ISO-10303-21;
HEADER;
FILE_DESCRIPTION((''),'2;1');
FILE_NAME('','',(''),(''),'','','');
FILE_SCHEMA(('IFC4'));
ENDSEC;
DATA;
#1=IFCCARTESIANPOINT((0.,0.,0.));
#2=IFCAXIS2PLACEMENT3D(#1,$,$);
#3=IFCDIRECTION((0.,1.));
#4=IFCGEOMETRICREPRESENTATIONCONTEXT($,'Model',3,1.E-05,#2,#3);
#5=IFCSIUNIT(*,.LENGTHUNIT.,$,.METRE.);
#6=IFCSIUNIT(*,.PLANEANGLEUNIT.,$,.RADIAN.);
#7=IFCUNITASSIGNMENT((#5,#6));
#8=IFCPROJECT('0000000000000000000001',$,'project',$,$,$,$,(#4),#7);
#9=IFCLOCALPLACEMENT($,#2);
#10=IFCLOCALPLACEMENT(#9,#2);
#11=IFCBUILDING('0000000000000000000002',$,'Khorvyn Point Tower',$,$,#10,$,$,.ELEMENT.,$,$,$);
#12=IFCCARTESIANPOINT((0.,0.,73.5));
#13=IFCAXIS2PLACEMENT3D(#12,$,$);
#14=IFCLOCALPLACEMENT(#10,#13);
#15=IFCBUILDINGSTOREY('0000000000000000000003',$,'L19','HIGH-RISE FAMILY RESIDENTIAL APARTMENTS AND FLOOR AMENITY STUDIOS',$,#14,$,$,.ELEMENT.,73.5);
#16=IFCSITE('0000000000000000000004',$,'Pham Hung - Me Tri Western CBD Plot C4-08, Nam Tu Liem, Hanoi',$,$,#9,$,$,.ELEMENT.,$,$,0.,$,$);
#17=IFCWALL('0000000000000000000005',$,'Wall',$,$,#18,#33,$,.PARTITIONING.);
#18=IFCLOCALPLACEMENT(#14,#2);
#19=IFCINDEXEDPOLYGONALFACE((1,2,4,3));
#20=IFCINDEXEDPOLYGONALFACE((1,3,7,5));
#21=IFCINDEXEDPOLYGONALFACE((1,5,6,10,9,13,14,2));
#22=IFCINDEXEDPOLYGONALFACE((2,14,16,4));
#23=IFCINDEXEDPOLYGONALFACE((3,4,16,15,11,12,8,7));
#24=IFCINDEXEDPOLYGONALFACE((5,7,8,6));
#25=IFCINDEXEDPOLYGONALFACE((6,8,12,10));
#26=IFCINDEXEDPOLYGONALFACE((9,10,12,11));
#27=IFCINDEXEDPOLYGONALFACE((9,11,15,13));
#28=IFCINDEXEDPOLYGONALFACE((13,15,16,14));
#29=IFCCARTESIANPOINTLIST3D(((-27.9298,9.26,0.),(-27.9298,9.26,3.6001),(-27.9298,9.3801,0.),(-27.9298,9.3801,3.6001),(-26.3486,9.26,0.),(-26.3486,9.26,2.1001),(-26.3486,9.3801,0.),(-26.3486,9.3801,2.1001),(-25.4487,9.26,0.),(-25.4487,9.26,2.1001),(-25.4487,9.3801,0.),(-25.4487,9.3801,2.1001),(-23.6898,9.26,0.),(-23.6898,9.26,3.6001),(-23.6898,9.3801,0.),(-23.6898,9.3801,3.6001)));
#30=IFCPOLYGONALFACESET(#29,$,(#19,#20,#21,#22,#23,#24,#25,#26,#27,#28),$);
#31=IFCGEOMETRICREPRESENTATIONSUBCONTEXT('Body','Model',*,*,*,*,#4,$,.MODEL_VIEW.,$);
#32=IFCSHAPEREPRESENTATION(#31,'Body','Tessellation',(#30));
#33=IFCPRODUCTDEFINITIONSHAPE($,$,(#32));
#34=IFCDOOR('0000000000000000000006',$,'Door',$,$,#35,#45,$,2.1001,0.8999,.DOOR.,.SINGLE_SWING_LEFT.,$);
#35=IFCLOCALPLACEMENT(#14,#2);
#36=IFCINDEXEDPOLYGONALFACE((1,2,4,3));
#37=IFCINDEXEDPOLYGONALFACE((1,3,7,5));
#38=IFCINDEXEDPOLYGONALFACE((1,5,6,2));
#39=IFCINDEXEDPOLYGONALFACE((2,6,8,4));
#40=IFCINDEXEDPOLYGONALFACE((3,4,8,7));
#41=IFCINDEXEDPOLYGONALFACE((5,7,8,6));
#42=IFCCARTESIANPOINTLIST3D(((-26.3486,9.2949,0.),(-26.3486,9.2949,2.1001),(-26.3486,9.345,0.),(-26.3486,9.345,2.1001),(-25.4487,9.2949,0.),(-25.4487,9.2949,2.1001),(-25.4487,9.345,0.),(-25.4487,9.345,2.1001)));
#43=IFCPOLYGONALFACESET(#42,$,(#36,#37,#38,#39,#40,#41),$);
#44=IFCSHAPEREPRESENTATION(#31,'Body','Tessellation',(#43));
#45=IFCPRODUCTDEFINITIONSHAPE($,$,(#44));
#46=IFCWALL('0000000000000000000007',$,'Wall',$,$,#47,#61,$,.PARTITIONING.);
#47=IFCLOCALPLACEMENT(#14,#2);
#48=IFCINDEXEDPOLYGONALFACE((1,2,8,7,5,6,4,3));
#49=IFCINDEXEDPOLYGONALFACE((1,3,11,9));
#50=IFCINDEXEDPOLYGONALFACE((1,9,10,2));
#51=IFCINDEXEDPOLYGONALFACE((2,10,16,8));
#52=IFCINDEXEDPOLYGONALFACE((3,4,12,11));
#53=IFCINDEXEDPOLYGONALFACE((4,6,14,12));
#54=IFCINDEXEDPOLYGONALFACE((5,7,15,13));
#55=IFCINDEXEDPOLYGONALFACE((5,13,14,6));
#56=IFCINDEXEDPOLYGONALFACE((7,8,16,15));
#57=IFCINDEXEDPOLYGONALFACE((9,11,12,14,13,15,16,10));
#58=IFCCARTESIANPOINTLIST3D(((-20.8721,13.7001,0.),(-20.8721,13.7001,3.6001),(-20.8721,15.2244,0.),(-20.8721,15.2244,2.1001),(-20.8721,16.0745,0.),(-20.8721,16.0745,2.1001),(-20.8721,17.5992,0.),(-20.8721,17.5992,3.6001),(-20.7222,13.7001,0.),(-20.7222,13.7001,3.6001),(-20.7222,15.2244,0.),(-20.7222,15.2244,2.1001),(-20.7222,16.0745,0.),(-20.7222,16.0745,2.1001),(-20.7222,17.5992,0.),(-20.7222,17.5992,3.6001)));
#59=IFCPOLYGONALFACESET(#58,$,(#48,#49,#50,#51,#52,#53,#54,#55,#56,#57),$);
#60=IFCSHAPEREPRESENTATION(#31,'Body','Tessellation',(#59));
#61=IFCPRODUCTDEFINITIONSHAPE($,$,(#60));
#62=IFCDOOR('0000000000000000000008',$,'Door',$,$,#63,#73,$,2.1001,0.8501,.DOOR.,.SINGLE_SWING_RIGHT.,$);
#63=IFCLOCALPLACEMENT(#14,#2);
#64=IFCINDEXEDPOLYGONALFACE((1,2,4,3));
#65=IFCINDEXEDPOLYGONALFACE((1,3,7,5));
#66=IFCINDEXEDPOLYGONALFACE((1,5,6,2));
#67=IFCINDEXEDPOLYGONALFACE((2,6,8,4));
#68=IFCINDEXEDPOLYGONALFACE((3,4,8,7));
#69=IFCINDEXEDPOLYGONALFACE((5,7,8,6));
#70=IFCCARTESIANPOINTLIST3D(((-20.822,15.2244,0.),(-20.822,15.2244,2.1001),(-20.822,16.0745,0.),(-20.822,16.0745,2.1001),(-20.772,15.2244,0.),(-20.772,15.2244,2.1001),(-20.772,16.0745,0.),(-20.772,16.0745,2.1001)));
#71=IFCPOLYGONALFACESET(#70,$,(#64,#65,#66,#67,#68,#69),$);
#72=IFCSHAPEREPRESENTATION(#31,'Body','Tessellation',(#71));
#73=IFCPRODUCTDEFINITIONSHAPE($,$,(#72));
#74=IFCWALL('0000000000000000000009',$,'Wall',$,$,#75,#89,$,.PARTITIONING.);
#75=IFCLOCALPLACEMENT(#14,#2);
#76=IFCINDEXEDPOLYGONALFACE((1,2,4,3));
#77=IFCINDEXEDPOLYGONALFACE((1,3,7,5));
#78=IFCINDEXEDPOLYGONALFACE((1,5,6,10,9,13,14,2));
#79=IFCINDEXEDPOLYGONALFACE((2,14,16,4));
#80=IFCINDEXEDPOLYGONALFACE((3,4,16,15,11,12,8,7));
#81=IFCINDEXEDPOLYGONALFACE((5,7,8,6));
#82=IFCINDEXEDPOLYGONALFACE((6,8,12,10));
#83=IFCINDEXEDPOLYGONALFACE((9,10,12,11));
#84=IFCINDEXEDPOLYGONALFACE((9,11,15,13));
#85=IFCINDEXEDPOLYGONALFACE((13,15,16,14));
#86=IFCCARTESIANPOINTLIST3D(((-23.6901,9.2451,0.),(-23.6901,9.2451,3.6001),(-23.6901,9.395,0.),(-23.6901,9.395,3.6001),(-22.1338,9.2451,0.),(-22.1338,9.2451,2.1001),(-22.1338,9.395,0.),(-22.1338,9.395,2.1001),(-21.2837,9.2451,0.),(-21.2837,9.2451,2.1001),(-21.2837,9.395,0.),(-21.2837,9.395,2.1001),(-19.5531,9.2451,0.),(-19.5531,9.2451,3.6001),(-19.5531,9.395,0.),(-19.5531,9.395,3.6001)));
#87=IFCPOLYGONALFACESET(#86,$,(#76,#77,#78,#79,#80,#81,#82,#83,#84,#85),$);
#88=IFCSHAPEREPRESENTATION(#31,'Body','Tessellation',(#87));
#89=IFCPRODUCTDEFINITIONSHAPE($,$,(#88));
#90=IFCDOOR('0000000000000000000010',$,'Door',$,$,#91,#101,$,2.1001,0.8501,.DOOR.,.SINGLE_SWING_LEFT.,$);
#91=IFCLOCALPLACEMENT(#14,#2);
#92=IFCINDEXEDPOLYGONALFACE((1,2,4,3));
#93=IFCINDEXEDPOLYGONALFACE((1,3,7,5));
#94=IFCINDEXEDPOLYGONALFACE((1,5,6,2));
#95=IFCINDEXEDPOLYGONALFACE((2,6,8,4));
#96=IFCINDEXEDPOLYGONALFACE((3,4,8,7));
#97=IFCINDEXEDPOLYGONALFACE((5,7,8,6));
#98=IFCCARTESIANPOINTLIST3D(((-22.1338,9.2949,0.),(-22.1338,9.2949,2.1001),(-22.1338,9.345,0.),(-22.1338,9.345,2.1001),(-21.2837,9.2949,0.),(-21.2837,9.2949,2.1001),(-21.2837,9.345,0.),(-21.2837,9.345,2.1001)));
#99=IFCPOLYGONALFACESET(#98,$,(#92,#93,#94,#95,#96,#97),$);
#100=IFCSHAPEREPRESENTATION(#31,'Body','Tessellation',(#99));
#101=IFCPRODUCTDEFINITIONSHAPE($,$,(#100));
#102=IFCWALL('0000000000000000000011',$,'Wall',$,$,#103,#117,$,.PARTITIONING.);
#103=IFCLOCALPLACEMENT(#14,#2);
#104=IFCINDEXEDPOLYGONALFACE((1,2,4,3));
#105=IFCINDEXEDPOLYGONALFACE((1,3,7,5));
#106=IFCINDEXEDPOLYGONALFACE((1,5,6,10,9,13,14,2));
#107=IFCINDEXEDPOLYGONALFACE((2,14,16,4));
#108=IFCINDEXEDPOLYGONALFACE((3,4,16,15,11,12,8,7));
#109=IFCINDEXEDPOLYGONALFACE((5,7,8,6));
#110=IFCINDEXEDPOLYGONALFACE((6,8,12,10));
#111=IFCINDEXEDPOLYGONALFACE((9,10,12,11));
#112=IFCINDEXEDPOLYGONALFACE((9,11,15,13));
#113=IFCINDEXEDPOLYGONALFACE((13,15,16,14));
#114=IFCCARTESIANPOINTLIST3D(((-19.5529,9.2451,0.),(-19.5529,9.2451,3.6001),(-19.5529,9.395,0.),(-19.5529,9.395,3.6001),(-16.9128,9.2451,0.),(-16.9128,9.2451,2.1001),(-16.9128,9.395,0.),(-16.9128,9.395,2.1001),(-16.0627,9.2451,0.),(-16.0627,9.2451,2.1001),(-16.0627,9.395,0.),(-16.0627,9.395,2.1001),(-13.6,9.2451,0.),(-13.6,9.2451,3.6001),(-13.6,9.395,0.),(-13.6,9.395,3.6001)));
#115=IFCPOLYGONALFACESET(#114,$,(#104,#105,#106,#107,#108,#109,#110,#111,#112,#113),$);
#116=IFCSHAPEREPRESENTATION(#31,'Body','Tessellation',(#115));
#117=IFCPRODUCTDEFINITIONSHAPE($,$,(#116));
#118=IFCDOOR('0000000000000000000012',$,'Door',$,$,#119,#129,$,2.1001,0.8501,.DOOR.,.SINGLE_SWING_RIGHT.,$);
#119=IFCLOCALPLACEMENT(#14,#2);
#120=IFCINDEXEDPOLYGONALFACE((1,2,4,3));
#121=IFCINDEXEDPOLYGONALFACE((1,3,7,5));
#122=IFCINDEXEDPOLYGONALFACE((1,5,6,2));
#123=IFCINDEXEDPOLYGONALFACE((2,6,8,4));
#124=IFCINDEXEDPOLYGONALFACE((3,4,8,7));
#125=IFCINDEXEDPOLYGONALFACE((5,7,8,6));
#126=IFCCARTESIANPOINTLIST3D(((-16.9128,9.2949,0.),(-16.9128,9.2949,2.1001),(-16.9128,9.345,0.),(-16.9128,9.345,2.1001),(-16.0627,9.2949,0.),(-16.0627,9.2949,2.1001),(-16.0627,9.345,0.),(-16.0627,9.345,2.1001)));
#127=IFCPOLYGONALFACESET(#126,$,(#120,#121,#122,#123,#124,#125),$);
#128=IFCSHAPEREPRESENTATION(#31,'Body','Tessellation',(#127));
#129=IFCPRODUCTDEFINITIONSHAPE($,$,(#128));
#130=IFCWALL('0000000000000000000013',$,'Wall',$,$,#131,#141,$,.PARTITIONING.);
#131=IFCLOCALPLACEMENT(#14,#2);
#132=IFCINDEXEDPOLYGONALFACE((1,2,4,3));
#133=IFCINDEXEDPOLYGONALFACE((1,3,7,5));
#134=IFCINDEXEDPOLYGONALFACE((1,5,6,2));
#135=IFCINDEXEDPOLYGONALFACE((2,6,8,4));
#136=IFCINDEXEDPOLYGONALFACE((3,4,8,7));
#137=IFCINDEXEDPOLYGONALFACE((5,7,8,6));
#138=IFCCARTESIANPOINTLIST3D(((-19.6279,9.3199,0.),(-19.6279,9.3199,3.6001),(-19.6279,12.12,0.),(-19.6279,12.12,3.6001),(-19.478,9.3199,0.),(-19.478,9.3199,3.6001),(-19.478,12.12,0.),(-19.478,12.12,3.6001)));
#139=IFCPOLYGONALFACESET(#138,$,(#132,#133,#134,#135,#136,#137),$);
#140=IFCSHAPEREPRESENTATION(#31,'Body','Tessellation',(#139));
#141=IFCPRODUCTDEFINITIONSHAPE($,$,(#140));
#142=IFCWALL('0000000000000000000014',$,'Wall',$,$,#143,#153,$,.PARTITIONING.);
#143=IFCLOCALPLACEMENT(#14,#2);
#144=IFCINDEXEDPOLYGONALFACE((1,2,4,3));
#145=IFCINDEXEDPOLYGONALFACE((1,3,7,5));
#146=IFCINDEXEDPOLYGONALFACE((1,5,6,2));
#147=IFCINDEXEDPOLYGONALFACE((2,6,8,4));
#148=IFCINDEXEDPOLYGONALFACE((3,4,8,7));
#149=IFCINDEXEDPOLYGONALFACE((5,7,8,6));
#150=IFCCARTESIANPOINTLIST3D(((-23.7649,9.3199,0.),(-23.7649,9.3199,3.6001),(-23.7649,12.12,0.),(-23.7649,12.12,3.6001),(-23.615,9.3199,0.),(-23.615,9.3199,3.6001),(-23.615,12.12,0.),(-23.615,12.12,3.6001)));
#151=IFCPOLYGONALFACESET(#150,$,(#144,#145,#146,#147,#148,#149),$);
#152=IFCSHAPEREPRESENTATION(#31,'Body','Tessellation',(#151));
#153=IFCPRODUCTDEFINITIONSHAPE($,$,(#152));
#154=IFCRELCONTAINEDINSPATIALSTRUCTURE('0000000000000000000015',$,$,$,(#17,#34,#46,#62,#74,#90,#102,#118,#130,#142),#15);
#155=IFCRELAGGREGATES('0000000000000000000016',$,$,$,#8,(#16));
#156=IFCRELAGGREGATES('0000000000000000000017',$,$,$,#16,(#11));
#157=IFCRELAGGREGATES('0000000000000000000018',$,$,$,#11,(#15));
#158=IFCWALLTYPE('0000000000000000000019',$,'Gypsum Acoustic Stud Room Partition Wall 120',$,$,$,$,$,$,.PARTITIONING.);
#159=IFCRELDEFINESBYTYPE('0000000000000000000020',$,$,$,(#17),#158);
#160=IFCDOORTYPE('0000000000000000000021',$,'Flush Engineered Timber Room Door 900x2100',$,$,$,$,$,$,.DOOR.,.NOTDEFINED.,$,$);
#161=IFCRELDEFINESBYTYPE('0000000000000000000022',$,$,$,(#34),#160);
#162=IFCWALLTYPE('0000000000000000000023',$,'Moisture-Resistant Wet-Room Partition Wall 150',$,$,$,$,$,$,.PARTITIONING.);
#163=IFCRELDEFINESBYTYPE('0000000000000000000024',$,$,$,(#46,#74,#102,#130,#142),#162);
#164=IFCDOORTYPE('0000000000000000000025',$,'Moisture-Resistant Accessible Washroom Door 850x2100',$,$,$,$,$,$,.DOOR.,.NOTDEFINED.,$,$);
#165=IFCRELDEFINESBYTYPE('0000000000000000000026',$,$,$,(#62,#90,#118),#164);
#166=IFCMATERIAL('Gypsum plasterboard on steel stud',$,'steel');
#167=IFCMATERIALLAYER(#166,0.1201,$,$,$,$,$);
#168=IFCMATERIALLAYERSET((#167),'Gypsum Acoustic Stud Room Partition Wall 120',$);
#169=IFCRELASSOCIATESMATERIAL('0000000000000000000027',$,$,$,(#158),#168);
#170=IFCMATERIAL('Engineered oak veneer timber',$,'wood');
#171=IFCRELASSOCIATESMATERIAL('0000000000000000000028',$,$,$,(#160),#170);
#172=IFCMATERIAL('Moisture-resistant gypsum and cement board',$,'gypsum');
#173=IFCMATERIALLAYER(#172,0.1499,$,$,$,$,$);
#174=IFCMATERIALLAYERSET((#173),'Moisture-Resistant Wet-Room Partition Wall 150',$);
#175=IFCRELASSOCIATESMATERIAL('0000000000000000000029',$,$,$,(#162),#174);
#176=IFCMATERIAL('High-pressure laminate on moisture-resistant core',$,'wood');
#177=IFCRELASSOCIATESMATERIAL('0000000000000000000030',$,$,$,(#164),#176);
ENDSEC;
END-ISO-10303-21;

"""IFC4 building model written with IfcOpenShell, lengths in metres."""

from ifc_helpers import new_model, si_unit, direction, frame, frame_2d, origin, place, context, subcontext, project, spatial, rectangle, extrude, material, layer, layer_set, type_object, element, fill, save


model = new_model("IFC4")

# Units and contexts
model_context = context("Model", 3, precision=1e-05, world=origin(), true_north=direction((0.0, 1.0)))
body_context = subcontext(model_context, "Body", "Model", "MODEL_VIEW")
ifc_project = project(units=[si_unit("LENGTHUNIT", "METRE"), si_unit("PLANEANGLEUNIT", "RADIAN")], contexts=[model_context])

# Site, building, storey
site_placement = place(None, origin())
site = spatial("IfcSite", under=ifc_project, at=site_placement, Name="Pham Hung - Me Tri Western CBD Plot C4-08, Nam Tu Liem, Hanoi", CompositionType="ELEMENT", RefElevation=0.0)
building_placement = place(site_placement, origin())
building = spatial("IfcBuilding", under=site, at=building_placement, Name="Khorvyn Point Tower", CompositionType="ELEMENT")
storey_placement = place(building_placement, frame((0.0, 0.0, 73.5)))
storey = spatial("IfcBuildingStorey", under=building, at=storey_placement, Name="L19", Description="HIGH-RISE FAMILY RESIDENTIAL APARTMENTS AND FLOOR AMENITY STUDIOS", CompositionType="ELEMENT", Elevation=73.5)

# Walls, openings, doors
ifc_material_1 = material(Name="Gypsum plasterboard on steel stud", Category="steel")
ifc_layer_1 = layer(ifc_material_1, 0.1201)
ifc_layer_set_1 = layer_set([ifc_layer_1], Name="Gypsum Acoustic Stud Room Partition Wall 120")
wall_type_1 = type_object("IfcWallType", Name="Gypsum Acoustic Stud Room Partition Wall 120", PredefinedType="PARTITIONING", material=ifc_layer_set_1)
wall_1_placement = place(storey_placement, frame((-27.9299, 9.3201, 0.0), z_axis=(0.0, 0.0, 1.0), x_axis=(1.0, 0.0, 0.0)))
wall_1 = element("IfcWall", 1, at=wall_1_placement, inside=storey, type_object=wall_type_1, Name="Wall", PredefinedType="PARTITIONING", context=body_context, shape_type="SweptSolid", body=[
    extrude(rectangle(XDim=4.24, YDim=0.1201, at=frame_2d((2.1201, 0.0))), origin(), (0.0, 0.0, 1.0), 3.6001),
])
opening_1_placement = place(wall_1_placement, frame((1.5813, 0.0, 0.0)))
opening_1 = element("IfcOpeningElement", 2, at=opening_1_placement, cuts=wall_1, PredefinedType="OPENING", context=body_context, shape_type="SweptSolid", body=[
    extrude(rectangle(XDim=0.8999, YDim=2.1001, at=frame_2d((0.45, 1.05))), frame((0.0, 0.0701, 0.0), z_axis=(0.0, -1.0, 0.0), x_axis=(1.0, 0.0, 0.0)), (0.0, 0.0, 1.0), 0.1401),
])
ifc_material_2 = material(Name="Engineered oak veneer timber", Category="wood")
door_type_1 = type_object("IfcDoorType", Name="Flush Engineered Timber Room Door 900x2100", OperationType="NOTDEFINED", PredefinedType="DOOR", material=ifc_material_2)
door_1_placement = place(opening_1_placement, origin())
door_1 = element("IfcDoor", 3, at=door_1_placement, inside=storey, type_object=door_type_1, Name="Door", OperationType="SINGLE_SWING_LEFT", OverallHeight=2.1001, OverallWidth=0.8999, PredefinedType="DOOR", context=body_context, shape_type="SweptSolid", body=[
    extrude(rectangle(XDim=0.8999, YDim=2.1001, at=frame_2d((0.45, 1.05))), frame((0.0, 0.0249, 0.0), z_axis=(0.0, -1.0, 0.0), x_axis=(1.0, 0.0, 0.0)), (0.0, 0.0, 1.0), 0.05),
])
fill(opening_1, door_1)
ifc_material_3 = material(Name="Moisture-resistant gypsum and cement board", Category="gypsum")
ifc_layer_2 = layer(ifc_material_3, 0.1499)
ifc_layer_set_2 = layer_set([ifc_layer_2], Name="Moisture-Resistant Wet-Room Partition Wall 150")
wall_type_2 = type_object("IfcWallType", Name="Moisture-Resistant Wet-Room Partition Wall 150", PredefinedType="PARTITIONING", material=ifc_layer_set_2)
wall_2_placement = place(storey_placement, frame((-20.7971, 13.7, 0.0), z_axis=(0.0, 0.0, 1.0), x_axis=(0.0, 1.0, 0.0)))
wall_2 = element("IfcWall", 4, at=wall_2_placement, inside=storey, type_object=wall_type_2, Name="Wall", PredefinedType="PARTITIONING", context=body_context, shape_type="SweptSolid", body=[
    extrude(rectangle(XDim=3.8992, YDim=0.1499, at=frame_2d((1.9497, 0.0))), origin(), (0.0, 0.0, 1.0), 3.6001),
])
opening_2_placement = place(wall_2_placement, frame((1.5244, 0.0, 0.0)))
opening_2 = element("IfcOpeningElement", 5, at=opening_2_placement, cuts=wall_2, PredefinedType="OPENING", context=body_context, shape_type="SweptSolid", body=[
    extrude(rectangle(XDim=0.8501, YDim=2.1001, at=frame_2d((0.425, 1.05))), frame((0.0, 0.085, 0.0), z_axis=(0.0, -1.0, 0.0), x_axis=(1.0, 0.0, 0.0)), (0.0, 0.0, 1.0), 0.1699),
])
ifc_material_4 = material(Name="High-pressure laminate on moisture-resistant core", Category="wood")
door_type_2 = type_object("IfcDoorType", Name="Moisture-Resistant Accessible Washroom Door 850x2100", OperationType="NOTDEFINED", PredefinedType="DOOR", material=ifc_material_4)
door_2_placement = place(opening_2_placement, origin())
door_2 = element("IfcDoor", 6, at=door_2_placement, inside=storey, type_object=door_type_2, Name="Door", OperationType="SINGLE_SWING_RIGHT", OverallHeight=2.1001, OverallWidth=0.8501, PredefinedType="DOOR", context=body_context, shape_type="SweptSolid", body=[
    extrude(rectangle(XDim=0.8501, YDim=2.1001, at=frame_2d((0.425, 1.05))), frame((0.0, 0.0249, 0.0), z_axis=(0.0, -1.0, 0.0), x_axis=(1.0, 0.0, 0.0)), (0.0, 0.0, 1.0), 0.05),
])
fill(opening_2, door_2)
wall_3_placement = place(storey_placement, frame((-23.6899, 9.3201, 0.0), z_axis=(0.0, 0.0, 1.0), x_axis=(1.0, 0.0, 0.0)))
wall_3 = element("IfcWall", 7, at=wall_3_placement, inside=storey, type_object=wall_type_2, Name="Wall", PredefinedType="PARTITIONING", context=body_context, shape_type="SweptSolid", body=[
    extrude(rectangle(XDim=4.137, YDim=0.1499, at=frame_2d((2.0684, 0.0))), origin(), (0.0, 0.0, 1.0), 3.6001),
])
opening_3_placement = place(wall_3_placement, frame((1.5562, 0.0, 0.0)))
opening_3 = element("IfcOpeningElement", 8, at=opening_3_placement, cuts=wall_3, PredefinedType="OPENING", context=body_context, shape_type="SweptSolid", body=[
    extrude(rectangle(XDim=0.8501, YDim=2.1001, at=frame_2d((0.425, 1.05))), frame((0.0, 0.085, 0.0), z_axis=(0.0, -1.0, 0.0), x_axis=(1.0, 0.0, 0.0)), (0.0, 0.0, 1.0), 0.1699),
])
door_3_placement = place(opening_3_placement, origin())
door_3 = element("IfcDoor", 9, at=door_3_placement, inside=storey, type_object=door_type_2, Name="Door", OperationType="SINGLE_SWING_LEFT", OverallHeight=2.1001, OverallWidth=0.8501, PredefinedType="DOOR", context=body_context, shape_type="SweptSolid", body=[
    extrude(rectangle(XDim=0.8501, YDim=2.1001, at=frame_2d((0.425, 1.05))), frame((0.0, 0.0249, 0.0), z_axis=(0.0, -1.0, 0.0), x_axis=(1.0, 0.0, 0.0)), (0.0, 0.0, 1.0), 0.05),
])
fill(opening_3, door_3)
wall_4_placement = place(storey_placement, frame((-19.553, 9.3201, 0.0), z_axis=(0.0, 0.0, 1.0), x_axis=(1.0, 0.0, 0.0)))
wall_4 = element("IfcWall", 10, at=wall_4_placement, inside=storey, type_object=wall_type_2, Name="Wall", PredefinedType="PARTITIONING", context=body_context, shape_type="SweptSolid", body=[
    extrude(rectangle(XDim=5.9529, YDim=0.1499, at=frame_2d((2.9766, 0.0))), origin(), (0.0, 0.0, 1.0), 3.6001),
])
opening_4_placement = place(wall_4_placement, frame((2.6401, 0.0, 0.0)))
opening_4 = element("IfcOpeningElement", 11, at=opening_4_placement, cuts=wall_4, PredefinedType="OPENING", context=body_context, shape_type="SweptSolid", body=[
    extrude(rectangle(XDim=0.8501, YDim=2.1001, at=frame_2d((0.425, 1.05))), frame((0.0, 0.085, 0.0), z_axis=(0.0, -1.0, 0.0), x_axis=(1.0, 0.0, 0.0)), (0.0, 0.0, 1.0), 0.1699),
])
door_4_placement = place(opening_4_placement, origin())
door_4 = element("IfcDoor", 12, at=door_4_placement, inside=storey, type_object=door_type_2, Name="Door", OperationType="SINGLE_SWING_RIGHT", OverallHeight=2.1001, OverallWidth=0.8501, PredefinedType="DOOR", context=body_context, shape_type="SweptSolid", body=[
    extrude(rectangle(XDim=0.8501, YDim=2.1001, at=frame_2d((0.425, 1.05))), frame((0.0, 0.0249, 0.0), z_axis=(0.0, -1.0, 0.0), x_axis=(1.0, 0.0, 0.0)), (0.0, 0.0, 1.0), 0.05),
])
fill(opening_4, door_4)

# Walls
for number, where, z_axis, x_axis, name in (
    (13, (-19.553, 9.3201, 0.0), (0.0, 0.0, 1.0), (0.0, 1.0, 0.0), "Wall"),
    (14, (-23.6899, 9.3201, 0.0), (0.0, 0.0, 1.0), (0.0, 1.0, 0.0), "Wall"),
):
    element("IfcWall", number, at=place(storey_placement, frame(where, z_axis=z_axis, x_axis=x_axis)), inside=storey, type_object=wall_type_2, Name=name, PredefinedType="PARTITIONING", context=body_context, shape_type="SweptSolid", body=[
        extrude(rectangle(XDim=2.8, YDim=0.1499, at=frame_2d((1.3999, 0.0))), origin(), (0.0, 0.0, 1.0), 3.6001),
    ])

save(model, "model.ifc")
